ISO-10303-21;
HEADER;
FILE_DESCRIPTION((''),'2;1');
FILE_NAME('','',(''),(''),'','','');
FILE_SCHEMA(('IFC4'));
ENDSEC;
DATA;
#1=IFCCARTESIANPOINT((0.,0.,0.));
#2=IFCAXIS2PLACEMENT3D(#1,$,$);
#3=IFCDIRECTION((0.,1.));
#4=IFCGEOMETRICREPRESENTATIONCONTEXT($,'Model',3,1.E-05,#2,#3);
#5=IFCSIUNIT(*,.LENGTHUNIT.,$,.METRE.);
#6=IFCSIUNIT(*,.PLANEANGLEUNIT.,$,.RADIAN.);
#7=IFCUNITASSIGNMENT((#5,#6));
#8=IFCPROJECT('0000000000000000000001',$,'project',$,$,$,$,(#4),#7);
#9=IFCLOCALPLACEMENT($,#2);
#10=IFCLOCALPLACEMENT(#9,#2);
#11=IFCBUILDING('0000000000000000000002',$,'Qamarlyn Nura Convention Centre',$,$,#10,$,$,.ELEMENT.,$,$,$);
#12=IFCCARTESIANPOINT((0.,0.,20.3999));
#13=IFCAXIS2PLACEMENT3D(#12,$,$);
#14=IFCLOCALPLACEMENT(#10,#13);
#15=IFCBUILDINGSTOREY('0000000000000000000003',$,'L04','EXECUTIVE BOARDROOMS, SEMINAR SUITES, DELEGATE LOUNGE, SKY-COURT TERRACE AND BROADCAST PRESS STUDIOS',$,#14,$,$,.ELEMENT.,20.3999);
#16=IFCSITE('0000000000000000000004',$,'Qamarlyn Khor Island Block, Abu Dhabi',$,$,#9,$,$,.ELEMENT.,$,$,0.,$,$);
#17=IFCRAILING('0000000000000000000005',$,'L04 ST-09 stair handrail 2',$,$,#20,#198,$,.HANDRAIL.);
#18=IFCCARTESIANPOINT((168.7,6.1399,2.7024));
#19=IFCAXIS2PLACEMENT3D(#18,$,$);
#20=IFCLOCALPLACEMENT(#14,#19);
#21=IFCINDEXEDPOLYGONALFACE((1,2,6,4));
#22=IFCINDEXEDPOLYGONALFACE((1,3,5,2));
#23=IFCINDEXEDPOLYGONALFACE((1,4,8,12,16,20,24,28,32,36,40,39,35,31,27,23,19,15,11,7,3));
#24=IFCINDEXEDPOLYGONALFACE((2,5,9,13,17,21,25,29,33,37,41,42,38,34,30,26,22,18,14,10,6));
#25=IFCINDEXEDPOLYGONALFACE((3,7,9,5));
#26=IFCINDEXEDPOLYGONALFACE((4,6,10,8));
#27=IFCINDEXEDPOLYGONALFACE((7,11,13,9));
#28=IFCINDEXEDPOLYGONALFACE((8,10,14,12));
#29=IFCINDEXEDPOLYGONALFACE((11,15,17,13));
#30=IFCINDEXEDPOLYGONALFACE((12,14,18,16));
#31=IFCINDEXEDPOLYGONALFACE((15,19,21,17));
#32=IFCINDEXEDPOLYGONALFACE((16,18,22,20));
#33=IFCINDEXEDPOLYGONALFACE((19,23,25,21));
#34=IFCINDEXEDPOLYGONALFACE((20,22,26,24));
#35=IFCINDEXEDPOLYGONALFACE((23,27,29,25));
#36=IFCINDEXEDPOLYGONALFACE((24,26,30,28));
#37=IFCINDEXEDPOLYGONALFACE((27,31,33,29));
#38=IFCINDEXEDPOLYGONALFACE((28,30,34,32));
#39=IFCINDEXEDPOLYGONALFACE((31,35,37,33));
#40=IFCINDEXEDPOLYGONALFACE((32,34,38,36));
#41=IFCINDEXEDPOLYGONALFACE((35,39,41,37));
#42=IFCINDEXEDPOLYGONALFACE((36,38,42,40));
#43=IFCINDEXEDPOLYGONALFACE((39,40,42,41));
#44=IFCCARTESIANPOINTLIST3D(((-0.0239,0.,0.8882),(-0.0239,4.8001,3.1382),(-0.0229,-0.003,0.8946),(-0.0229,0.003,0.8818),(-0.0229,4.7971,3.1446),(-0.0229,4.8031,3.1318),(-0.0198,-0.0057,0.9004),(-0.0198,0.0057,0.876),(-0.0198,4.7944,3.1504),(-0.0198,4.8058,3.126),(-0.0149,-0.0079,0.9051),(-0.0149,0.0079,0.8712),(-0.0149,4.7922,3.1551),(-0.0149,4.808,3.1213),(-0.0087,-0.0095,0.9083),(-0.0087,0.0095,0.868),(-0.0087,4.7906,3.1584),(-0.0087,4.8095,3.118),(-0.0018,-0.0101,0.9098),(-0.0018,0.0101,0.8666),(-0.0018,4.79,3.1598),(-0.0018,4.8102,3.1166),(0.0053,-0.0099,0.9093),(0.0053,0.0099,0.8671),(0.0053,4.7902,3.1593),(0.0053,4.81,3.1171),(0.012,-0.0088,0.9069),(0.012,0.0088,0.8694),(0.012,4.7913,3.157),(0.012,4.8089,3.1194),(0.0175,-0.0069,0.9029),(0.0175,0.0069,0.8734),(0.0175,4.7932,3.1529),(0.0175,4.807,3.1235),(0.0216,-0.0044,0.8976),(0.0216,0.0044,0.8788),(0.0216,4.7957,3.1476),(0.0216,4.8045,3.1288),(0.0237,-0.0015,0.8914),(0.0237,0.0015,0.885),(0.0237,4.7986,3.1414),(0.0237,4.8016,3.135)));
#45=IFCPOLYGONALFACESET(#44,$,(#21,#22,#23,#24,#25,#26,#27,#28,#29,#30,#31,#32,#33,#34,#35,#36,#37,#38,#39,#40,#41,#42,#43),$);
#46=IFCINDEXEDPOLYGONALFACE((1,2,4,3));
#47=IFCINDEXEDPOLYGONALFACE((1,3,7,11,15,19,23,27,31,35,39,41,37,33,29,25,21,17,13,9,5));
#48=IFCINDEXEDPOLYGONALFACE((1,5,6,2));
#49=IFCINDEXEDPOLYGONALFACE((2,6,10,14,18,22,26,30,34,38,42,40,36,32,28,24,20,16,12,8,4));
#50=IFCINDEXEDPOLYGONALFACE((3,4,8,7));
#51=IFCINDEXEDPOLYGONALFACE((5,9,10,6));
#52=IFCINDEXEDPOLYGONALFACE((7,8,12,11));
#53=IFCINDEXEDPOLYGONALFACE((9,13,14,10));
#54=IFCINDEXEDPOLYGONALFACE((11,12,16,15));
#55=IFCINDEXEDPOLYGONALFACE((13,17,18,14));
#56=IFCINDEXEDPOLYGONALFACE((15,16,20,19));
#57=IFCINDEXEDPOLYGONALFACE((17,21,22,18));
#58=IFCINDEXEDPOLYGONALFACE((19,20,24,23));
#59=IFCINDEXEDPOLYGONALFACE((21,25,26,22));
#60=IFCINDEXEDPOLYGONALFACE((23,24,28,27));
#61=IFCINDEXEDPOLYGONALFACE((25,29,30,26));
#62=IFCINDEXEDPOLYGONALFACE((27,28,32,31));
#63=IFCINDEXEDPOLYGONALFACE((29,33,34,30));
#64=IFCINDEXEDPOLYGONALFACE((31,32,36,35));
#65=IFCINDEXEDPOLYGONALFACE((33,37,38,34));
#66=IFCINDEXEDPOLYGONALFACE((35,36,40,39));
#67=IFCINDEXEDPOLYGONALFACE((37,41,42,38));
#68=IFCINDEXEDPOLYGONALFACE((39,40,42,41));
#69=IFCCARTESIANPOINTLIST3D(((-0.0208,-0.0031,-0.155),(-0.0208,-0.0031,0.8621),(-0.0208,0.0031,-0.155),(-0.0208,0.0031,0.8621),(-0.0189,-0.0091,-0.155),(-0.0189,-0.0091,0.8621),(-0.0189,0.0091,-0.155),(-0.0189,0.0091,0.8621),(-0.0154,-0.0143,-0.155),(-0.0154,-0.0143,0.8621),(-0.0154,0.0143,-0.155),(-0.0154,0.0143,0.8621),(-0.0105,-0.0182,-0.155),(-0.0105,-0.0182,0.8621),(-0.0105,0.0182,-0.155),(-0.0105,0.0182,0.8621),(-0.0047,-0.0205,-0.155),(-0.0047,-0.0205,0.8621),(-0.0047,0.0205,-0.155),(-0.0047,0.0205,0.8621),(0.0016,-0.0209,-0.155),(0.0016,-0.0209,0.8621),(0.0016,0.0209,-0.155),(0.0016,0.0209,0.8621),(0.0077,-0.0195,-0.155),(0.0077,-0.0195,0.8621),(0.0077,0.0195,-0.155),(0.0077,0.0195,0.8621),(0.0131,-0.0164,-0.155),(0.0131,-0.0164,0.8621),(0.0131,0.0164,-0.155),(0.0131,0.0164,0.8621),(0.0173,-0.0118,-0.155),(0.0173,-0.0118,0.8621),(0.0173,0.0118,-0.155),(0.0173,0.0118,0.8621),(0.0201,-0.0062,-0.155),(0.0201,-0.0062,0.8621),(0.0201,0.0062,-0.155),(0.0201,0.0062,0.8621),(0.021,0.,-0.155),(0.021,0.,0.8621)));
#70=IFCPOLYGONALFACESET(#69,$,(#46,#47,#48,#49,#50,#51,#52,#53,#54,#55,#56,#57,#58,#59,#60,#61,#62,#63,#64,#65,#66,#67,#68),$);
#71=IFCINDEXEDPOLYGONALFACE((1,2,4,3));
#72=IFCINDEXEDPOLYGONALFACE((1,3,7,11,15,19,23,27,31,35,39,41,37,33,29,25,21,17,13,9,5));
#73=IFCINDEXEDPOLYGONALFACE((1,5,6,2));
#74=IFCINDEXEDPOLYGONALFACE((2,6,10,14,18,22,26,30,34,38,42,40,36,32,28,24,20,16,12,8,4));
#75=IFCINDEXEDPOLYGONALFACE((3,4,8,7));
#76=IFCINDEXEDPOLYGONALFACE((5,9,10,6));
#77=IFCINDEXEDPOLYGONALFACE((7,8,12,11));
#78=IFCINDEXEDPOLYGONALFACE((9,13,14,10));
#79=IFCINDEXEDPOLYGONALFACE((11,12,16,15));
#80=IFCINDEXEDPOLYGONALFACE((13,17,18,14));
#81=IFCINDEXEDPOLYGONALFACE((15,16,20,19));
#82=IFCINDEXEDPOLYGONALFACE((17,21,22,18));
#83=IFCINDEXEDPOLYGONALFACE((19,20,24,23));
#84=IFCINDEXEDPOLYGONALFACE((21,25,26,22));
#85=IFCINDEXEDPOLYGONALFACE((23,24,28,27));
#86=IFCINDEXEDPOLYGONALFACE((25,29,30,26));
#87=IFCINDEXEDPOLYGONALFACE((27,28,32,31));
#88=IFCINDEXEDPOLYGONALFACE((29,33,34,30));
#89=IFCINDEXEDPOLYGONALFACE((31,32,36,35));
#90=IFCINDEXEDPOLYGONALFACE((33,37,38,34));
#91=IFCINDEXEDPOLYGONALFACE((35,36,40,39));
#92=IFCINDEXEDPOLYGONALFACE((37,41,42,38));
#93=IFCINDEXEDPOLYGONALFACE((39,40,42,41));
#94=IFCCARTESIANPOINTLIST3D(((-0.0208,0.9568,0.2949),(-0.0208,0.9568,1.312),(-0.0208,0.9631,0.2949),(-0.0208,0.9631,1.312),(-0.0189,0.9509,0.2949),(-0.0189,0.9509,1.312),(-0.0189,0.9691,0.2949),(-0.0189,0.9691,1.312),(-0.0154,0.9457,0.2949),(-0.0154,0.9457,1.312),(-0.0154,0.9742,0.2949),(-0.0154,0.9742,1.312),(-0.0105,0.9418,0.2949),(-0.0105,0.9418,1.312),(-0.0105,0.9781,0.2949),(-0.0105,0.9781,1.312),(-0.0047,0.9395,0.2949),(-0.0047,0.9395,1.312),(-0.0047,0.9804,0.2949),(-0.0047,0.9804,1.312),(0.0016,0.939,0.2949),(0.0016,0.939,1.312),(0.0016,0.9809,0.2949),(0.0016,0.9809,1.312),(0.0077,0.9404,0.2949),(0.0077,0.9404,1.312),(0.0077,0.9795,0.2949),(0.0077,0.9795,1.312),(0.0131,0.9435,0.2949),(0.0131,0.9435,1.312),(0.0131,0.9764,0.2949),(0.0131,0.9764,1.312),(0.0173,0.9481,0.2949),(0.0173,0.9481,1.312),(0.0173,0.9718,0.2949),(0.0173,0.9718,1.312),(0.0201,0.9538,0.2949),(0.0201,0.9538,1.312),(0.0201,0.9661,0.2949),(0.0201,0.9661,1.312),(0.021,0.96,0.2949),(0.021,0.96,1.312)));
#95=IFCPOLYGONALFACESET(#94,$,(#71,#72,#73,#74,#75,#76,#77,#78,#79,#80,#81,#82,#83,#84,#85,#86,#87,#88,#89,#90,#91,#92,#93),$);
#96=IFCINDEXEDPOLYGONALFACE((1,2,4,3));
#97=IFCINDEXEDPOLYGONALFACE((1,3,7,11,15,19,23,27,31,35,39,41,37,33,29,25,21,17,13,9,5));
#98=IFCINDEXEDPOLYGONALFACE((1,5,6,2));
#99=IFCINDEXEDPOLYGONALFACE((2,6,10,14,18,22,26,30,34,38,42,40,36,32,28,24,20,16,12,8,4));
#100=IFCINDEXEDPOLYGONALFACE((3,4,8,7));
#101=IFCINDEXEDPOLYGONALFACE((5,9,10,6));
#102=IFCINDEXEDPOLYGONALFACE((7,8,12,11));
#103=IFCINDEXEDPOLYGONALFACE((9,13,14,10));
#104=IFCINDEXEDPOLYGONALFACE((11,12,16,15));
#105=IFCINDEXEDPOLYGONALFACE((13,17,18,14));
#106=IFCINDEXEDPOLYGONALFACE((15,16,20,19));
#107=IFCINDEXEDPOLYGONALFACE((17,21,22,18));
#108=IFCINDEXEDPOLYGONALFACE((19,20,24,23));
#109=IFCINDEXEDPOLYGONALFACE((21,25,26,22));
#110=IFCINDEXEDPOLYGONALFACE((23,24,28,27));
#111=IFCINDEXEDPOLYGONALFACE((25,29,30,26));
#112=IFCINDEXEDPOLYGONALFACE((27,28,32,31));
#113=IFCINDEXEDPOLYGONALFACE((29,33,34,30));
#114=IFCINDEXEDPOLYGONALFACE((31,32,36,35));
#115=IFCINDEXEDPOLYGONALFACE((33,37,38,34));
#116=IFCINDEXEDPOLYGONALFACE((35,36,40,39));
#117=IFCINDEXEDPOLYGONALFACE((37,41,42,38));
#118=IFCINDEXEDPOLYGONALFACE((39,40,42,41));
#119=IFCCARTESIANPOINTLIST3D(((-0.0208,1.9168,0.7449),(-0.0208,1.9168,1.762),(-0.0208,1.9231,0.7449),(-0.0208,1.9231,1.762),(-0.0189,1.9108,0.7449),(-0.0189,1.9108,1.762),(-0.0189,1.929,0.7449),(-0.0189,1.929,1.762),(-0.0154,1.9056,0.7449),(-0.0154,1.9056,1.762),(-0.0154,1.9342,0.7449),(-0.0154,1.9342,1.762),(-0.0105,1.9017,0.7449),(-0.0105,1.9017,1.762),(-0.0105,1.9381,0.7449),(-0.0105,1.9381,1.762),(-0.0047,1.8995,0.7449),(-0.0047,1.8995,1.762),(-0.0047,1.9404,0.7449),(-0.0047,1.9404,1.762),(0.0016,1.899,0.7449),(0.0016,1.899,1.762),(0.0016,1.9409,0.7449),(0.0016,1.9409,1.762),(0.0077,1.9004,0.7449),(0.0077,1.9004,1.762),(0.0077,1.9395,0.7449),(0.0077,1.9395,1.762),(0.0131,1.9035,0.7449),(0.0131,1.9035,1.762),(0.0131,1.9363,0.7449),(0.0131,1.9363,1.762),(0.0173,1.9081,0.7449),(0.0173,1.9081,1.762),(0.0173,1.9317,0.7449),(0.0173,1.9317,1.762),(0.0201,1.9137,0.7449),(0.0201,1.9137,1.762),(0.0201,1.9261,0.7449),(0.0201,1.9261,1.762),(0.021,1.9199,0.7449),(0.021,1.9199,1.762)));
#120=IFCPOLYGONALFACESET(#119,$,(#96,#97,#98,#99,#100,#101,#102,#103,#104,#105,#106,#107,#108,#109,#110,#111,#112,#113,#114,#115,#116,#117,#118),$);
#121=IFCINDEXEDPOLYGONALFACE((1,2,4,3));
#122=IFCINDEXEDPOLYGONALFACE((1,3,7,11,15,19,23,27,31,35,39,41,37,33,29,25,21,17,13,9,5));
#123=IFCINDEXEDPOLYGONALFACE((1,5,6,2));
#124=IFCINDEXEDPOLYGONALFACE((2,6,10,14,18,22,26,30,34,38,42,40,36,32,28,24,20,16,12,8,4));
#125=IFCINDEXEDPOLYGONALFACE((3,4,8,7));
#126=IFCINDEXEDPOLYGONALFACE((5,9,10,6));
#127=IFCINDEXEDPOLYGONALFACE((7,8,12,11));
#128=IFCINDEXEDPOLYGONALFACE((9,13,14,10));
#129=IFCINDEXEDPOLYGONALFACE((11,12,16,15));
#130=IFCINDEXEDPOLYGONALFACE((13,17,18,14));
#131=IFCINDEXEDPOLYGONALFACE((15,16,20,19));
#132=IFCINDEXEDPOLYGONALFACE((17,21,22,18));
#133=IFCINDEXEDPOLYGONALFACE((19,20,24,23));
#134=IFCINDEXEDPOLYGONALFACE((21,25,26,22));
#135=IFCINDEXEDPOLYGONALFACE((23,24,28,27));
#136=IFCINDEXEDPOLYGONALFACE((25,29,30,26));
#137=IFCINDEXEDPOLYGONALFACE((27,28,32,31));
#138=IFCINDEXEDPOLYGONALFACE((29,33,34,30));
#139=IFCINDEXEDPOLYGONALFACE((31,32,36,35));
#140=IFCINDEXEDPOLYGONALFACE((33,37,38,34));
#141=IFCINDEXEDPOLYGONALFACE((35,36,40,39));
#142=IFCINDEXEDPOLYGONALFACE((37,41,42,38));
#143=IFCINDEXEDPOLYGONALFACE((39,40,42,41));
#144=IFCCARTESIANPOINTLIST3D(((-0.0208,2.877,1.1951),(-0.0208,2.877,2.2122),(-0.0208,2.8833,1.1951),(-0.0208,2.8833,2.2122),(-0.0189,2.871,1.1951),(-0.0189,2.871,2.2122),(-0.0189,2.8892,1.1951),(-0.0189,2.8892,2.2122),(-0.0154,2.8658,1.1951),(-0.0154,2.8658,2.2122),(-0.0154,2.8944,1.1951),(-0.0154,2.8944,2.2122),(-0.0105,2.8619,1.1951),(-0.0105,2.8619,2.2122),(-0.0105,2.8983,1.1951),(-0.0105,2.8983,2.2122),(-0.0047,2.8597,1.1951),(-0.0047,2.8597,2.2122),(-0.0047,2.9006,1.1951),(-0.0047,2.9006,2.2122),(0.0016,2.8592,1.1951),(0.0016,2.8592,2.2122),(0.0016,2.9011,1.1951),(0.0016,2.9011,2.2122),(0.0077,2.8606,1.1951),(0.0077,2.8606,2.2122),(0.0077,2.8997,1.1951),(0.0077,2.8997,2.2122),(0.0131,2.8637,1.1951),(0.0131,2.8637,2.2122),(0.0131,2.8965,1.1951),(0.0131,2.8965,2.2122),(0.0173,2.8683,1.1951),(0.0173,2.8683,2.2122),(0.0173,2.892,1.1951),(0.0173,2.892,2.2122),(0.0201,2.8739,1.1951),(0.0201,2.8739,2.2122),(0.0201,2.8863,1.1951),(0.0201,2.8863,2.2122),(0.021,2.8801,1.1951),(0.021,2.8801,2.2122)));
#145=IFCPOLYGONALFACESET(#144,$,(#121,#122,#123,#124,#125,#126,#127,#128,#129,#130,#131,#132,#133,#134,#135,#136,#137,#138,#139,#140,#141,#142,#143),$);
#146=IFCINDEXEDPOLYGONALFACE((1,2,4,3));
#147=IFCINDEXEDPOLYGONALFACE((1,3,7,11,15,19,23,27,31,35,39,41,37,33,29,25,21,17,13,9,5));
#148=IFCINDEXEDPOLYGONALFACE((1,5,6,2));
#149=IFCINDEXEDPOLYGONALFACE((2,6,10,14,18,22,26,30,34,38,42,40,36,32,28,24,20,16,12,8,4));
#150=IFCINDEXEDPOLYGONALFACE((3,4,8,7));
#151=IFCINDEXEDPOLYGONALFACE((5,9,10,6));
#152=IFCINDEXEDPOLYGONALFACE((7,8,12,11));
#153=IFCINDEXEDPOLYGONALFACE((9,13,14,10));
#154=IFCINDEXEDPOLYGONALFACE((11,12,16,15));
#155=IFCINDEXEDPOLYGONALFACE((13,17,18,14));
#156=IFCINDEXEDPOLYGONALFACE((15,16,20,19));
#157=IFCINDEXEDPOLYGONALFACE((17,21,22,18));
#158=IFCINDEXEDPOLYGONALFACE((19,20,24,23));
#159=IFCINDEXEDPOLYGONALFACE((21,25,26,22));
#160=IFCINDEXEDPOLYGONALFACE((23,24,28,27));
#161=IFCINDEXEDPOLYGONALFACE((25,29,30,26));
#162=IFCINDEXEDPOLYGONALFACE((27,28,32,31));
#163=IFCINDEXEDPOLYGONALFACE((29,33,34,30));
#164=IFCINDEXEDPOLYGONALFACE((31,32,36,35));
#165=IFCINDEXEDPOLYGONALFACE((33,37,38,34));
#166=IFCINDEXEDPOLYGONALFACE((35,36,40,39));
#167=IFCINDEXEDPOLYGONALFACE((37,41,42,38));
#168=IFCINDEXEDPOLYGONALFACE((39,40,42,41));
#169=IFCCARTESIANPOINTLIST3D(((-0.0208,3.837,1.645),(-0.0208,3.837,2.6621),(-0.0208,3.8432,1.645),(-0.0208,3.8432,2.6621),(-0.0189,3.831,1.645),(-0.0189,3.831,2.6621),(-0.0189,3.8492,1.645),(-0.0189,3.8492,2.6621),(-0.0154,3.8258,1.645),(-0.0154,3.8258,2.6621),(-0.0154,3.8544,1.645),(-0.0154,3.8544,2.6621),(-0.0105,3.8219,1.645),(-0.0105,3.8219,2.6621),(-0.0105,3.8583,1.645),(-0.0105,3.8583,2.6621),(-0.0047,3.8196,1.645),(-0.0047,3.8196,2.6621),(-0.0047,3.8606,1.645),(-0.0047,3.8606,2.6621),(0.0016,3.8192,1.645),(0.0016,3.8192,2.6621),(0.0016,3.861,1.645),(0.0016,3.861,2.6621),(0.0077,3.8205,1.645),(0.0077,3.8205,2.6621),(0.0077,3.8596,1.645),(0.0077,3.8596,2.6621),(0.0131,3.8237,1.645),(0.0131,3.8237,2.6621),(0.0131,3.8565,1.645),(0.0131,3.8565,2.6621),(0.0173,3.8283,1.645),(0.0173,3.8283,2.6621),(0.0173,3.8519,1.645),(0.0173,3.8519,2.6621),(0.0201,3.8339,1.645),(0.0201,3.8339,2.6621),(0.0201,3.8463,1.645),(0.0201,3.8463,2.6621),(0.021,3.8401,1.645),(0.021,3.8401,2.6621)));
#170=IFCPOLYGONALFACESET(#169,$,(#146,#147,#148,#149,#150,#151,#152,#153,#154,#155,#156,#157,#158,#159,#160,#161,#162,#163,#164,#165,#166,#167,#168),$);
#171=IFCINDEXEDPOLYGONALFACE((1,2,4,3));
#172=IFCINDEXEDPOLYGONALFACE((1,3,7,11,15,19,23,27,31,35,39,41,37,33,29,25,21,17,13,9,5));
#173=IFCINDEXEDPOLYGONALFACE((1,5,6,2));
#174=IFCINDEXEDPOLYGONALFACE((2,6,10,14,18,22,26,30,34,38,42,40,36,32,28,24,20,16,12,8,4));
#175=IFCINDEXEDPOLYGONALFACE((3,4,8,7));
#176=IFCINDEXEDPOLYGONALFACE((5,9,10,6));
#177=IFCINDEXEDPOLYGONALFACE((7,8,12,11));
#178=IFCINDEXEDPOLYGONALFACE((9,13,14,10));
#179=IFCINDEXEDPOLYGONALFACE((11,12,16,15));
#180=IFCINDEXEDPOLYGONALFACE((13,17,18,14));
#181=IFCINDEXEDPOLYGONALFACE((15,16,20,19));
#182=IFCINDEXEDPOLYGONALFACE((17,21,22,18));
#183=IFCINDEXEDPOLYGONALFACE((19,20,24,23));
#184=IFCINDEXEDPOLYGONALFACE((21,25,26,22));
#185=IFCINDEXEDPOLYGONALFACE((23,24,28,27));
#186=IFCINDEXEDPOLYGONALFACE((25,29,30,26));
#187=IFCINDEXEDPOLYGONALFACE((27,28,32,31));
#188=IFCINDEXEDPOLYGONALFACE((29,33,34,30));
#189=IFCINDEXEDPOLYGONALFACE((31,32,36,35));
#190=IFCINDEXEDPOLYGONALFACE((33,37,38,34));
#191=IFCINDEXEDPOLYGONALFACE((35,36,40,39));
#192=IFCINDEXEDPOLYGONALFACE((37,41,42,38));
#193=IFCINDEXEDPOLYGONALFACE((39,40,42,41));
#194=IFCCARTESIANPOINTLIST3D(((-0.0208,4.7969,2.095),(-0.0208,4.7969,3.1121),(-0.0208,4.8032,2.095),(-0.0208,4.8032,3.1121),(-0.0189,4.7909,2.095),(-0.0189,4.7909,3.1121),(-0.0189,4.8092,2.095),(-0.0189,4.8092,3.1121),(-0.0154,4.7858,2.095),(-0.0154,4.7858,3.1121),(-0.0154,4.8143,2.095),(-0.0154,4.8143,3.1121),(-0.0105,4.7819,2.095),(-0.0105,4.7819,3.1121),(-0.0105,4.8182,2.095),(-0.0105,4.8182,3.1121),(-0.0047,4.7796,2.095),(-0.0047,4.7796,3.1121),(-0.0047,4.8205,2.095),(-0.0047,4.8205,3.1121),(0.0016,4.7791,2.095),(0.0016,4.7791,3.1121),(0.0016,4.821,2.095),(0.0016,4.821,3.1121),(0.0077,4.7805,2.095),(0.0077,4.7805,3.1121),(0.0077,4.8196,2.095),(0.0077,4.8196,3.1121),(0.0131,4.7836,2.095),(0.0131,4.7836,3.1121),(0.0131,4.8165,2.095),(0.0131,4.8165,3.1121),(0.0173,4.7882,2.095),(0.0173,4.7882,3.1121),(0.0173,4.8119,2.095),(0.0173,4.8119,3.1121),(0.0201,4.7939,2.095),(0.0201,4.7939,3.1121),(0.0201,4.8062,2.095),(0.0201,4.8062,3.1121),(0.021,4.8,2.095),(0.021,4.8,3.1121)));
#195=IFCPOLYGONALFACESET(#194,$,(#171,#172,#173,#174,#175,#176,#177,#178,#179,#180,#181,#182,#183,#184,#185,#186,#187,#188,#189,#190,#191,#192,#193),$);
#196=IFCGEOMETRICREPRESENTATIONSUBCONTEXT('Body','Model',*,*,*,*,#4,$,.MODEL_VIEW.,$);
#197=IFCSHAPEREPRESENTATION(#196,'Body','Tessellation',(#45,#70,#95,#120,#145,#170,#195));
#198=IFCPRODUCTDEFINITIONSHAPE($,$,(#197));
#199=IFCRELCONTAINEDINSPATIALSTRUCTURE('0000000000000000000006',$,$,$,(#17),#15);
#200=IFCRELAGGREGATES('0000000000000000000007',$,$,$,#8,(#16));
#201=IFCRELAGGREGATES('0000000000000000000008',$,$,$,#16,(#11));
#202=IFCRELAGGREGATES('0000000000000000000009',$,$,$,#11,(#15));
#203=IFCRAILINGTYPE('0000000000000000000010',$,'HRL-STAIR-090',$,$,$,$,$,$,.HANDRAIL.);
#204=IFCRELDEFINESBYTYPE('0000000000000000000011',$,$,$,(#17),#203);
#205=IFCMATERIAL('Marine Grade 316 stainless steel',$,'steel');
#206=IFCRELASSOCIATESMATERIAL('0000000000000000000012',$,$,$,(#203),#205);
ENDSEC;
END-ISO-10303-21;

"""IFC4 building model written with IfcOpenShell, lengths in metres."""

from ifc_helpers import new_model, si_unit, direction, frame, origin, origin_2d, place, context, subcontext, project, spatial, circle, extrude, material, type_object, element, save


model = new_model("IFC4")

# Units and contexts
model_context = context("Model", 3, precision=1e-05, world=origin(), true_north=direction((0.0, 1.0)))
body_context = subcontext(model_context, "Body", "Model", "MODEL_VIEW")
ifc_project = project(units=[si_unit("LENGTHUNIT", "METRE"), si_unit("PLANEANGLEUNIT", "RADIAN")], contexts=[model_context])

# Site, building, storey
site_placement = place(None, origin())
site = spatial("IfcSite", under=ifc_project, at=site_placement, Name="Qamarlyn Khor Island Block, Abu Dhabi", CompositionType="ELEMENT", RefElevation=0.0)
building_placement = place(site_placement, origin())
building = spatial("IfcBuilding", under=site, at=building_placement, Name="Qamarlyn Nura Convention Centre", CompositionType="ELEMENT")
storey_placement = place(building_placement, frame((0.0, 0.0, 20.3999)))
storey = spatial("IfcBuildingStorey", under=building, at=storey_placement, Name="L04", Description="EXECUTIVE BOARDROOMS, SEMINAR SUITES, DELEGATE LOUNGE, SKY-COURT TERRACE AND BROADCAST PRESS STUDIOS", CompositionType="ELEMENT", Elevation=20.3999)

# Railing
ifc_material_1 = material(Name="Marine Grade 316 stainless steel", Category="steel")
railing_type_1 = type_object("IfcRailingType", Name="HRL-STAIR-090", PredefinedType="HANDRAIL", material=ifc_material_1)
railing_1_placement = place(storey_placement, frame((168.7, 6.1399, 2.7024)))
element("IfcRailing", 1, at=railing_1_placement, inside=storey, type_object=railing_type_1, Name="L04 ST-09 stair handrail 2", PredefinedType="HANDRAIL", context=body_context, shape_type="SweptSolid", body=[
    extrude(circle(Radius=0.0239, at=origin_2d()), frame((0.0, 0.0, 0.8882), z_axis=(0.0, 0.905461, 0.42443), x_axis=(-1.0, 0.0, 0.0)), (0.0, 0.0, 1.0), 5.3013),
    extrude(circle(Radius=0.021, at=origin_2d()), frame((0.0, 0.0, -0.155)), (0.0, 0.0, 1.0), 1.0171),
    extrude(circle(Radius=0.021, at=origin_2d()), frame((0.0, 0.96, 0.2949)), (0.0, 0.0, 1.0), 1.0171),
    extrude(circle(Radius=0.021, at=origin_2d()), frame((0.0, 1.9199, 0.7449)), (0.0, 0.0, 1.0), 1.0171),
    extrude(circle(Radius=0.021, at=origin_2d()), frame((0.0, 2.8801, 1.1951)), (0.0, 0.0, 1.0), 1.0171),
    extrude(circle(Radius=0.021, at=origin_2d()), frame((0.0, 3.8401, 1.645)), (0.0, 0.0, 1.0), 1.0171),
    extrude(circle(Radius=0.021, at=origin_2d()), frame((0.0, 4.8, 2.095)), (0.0, 0.0, 1.0), 1.0171),
])

save(model, "model.ifc")
